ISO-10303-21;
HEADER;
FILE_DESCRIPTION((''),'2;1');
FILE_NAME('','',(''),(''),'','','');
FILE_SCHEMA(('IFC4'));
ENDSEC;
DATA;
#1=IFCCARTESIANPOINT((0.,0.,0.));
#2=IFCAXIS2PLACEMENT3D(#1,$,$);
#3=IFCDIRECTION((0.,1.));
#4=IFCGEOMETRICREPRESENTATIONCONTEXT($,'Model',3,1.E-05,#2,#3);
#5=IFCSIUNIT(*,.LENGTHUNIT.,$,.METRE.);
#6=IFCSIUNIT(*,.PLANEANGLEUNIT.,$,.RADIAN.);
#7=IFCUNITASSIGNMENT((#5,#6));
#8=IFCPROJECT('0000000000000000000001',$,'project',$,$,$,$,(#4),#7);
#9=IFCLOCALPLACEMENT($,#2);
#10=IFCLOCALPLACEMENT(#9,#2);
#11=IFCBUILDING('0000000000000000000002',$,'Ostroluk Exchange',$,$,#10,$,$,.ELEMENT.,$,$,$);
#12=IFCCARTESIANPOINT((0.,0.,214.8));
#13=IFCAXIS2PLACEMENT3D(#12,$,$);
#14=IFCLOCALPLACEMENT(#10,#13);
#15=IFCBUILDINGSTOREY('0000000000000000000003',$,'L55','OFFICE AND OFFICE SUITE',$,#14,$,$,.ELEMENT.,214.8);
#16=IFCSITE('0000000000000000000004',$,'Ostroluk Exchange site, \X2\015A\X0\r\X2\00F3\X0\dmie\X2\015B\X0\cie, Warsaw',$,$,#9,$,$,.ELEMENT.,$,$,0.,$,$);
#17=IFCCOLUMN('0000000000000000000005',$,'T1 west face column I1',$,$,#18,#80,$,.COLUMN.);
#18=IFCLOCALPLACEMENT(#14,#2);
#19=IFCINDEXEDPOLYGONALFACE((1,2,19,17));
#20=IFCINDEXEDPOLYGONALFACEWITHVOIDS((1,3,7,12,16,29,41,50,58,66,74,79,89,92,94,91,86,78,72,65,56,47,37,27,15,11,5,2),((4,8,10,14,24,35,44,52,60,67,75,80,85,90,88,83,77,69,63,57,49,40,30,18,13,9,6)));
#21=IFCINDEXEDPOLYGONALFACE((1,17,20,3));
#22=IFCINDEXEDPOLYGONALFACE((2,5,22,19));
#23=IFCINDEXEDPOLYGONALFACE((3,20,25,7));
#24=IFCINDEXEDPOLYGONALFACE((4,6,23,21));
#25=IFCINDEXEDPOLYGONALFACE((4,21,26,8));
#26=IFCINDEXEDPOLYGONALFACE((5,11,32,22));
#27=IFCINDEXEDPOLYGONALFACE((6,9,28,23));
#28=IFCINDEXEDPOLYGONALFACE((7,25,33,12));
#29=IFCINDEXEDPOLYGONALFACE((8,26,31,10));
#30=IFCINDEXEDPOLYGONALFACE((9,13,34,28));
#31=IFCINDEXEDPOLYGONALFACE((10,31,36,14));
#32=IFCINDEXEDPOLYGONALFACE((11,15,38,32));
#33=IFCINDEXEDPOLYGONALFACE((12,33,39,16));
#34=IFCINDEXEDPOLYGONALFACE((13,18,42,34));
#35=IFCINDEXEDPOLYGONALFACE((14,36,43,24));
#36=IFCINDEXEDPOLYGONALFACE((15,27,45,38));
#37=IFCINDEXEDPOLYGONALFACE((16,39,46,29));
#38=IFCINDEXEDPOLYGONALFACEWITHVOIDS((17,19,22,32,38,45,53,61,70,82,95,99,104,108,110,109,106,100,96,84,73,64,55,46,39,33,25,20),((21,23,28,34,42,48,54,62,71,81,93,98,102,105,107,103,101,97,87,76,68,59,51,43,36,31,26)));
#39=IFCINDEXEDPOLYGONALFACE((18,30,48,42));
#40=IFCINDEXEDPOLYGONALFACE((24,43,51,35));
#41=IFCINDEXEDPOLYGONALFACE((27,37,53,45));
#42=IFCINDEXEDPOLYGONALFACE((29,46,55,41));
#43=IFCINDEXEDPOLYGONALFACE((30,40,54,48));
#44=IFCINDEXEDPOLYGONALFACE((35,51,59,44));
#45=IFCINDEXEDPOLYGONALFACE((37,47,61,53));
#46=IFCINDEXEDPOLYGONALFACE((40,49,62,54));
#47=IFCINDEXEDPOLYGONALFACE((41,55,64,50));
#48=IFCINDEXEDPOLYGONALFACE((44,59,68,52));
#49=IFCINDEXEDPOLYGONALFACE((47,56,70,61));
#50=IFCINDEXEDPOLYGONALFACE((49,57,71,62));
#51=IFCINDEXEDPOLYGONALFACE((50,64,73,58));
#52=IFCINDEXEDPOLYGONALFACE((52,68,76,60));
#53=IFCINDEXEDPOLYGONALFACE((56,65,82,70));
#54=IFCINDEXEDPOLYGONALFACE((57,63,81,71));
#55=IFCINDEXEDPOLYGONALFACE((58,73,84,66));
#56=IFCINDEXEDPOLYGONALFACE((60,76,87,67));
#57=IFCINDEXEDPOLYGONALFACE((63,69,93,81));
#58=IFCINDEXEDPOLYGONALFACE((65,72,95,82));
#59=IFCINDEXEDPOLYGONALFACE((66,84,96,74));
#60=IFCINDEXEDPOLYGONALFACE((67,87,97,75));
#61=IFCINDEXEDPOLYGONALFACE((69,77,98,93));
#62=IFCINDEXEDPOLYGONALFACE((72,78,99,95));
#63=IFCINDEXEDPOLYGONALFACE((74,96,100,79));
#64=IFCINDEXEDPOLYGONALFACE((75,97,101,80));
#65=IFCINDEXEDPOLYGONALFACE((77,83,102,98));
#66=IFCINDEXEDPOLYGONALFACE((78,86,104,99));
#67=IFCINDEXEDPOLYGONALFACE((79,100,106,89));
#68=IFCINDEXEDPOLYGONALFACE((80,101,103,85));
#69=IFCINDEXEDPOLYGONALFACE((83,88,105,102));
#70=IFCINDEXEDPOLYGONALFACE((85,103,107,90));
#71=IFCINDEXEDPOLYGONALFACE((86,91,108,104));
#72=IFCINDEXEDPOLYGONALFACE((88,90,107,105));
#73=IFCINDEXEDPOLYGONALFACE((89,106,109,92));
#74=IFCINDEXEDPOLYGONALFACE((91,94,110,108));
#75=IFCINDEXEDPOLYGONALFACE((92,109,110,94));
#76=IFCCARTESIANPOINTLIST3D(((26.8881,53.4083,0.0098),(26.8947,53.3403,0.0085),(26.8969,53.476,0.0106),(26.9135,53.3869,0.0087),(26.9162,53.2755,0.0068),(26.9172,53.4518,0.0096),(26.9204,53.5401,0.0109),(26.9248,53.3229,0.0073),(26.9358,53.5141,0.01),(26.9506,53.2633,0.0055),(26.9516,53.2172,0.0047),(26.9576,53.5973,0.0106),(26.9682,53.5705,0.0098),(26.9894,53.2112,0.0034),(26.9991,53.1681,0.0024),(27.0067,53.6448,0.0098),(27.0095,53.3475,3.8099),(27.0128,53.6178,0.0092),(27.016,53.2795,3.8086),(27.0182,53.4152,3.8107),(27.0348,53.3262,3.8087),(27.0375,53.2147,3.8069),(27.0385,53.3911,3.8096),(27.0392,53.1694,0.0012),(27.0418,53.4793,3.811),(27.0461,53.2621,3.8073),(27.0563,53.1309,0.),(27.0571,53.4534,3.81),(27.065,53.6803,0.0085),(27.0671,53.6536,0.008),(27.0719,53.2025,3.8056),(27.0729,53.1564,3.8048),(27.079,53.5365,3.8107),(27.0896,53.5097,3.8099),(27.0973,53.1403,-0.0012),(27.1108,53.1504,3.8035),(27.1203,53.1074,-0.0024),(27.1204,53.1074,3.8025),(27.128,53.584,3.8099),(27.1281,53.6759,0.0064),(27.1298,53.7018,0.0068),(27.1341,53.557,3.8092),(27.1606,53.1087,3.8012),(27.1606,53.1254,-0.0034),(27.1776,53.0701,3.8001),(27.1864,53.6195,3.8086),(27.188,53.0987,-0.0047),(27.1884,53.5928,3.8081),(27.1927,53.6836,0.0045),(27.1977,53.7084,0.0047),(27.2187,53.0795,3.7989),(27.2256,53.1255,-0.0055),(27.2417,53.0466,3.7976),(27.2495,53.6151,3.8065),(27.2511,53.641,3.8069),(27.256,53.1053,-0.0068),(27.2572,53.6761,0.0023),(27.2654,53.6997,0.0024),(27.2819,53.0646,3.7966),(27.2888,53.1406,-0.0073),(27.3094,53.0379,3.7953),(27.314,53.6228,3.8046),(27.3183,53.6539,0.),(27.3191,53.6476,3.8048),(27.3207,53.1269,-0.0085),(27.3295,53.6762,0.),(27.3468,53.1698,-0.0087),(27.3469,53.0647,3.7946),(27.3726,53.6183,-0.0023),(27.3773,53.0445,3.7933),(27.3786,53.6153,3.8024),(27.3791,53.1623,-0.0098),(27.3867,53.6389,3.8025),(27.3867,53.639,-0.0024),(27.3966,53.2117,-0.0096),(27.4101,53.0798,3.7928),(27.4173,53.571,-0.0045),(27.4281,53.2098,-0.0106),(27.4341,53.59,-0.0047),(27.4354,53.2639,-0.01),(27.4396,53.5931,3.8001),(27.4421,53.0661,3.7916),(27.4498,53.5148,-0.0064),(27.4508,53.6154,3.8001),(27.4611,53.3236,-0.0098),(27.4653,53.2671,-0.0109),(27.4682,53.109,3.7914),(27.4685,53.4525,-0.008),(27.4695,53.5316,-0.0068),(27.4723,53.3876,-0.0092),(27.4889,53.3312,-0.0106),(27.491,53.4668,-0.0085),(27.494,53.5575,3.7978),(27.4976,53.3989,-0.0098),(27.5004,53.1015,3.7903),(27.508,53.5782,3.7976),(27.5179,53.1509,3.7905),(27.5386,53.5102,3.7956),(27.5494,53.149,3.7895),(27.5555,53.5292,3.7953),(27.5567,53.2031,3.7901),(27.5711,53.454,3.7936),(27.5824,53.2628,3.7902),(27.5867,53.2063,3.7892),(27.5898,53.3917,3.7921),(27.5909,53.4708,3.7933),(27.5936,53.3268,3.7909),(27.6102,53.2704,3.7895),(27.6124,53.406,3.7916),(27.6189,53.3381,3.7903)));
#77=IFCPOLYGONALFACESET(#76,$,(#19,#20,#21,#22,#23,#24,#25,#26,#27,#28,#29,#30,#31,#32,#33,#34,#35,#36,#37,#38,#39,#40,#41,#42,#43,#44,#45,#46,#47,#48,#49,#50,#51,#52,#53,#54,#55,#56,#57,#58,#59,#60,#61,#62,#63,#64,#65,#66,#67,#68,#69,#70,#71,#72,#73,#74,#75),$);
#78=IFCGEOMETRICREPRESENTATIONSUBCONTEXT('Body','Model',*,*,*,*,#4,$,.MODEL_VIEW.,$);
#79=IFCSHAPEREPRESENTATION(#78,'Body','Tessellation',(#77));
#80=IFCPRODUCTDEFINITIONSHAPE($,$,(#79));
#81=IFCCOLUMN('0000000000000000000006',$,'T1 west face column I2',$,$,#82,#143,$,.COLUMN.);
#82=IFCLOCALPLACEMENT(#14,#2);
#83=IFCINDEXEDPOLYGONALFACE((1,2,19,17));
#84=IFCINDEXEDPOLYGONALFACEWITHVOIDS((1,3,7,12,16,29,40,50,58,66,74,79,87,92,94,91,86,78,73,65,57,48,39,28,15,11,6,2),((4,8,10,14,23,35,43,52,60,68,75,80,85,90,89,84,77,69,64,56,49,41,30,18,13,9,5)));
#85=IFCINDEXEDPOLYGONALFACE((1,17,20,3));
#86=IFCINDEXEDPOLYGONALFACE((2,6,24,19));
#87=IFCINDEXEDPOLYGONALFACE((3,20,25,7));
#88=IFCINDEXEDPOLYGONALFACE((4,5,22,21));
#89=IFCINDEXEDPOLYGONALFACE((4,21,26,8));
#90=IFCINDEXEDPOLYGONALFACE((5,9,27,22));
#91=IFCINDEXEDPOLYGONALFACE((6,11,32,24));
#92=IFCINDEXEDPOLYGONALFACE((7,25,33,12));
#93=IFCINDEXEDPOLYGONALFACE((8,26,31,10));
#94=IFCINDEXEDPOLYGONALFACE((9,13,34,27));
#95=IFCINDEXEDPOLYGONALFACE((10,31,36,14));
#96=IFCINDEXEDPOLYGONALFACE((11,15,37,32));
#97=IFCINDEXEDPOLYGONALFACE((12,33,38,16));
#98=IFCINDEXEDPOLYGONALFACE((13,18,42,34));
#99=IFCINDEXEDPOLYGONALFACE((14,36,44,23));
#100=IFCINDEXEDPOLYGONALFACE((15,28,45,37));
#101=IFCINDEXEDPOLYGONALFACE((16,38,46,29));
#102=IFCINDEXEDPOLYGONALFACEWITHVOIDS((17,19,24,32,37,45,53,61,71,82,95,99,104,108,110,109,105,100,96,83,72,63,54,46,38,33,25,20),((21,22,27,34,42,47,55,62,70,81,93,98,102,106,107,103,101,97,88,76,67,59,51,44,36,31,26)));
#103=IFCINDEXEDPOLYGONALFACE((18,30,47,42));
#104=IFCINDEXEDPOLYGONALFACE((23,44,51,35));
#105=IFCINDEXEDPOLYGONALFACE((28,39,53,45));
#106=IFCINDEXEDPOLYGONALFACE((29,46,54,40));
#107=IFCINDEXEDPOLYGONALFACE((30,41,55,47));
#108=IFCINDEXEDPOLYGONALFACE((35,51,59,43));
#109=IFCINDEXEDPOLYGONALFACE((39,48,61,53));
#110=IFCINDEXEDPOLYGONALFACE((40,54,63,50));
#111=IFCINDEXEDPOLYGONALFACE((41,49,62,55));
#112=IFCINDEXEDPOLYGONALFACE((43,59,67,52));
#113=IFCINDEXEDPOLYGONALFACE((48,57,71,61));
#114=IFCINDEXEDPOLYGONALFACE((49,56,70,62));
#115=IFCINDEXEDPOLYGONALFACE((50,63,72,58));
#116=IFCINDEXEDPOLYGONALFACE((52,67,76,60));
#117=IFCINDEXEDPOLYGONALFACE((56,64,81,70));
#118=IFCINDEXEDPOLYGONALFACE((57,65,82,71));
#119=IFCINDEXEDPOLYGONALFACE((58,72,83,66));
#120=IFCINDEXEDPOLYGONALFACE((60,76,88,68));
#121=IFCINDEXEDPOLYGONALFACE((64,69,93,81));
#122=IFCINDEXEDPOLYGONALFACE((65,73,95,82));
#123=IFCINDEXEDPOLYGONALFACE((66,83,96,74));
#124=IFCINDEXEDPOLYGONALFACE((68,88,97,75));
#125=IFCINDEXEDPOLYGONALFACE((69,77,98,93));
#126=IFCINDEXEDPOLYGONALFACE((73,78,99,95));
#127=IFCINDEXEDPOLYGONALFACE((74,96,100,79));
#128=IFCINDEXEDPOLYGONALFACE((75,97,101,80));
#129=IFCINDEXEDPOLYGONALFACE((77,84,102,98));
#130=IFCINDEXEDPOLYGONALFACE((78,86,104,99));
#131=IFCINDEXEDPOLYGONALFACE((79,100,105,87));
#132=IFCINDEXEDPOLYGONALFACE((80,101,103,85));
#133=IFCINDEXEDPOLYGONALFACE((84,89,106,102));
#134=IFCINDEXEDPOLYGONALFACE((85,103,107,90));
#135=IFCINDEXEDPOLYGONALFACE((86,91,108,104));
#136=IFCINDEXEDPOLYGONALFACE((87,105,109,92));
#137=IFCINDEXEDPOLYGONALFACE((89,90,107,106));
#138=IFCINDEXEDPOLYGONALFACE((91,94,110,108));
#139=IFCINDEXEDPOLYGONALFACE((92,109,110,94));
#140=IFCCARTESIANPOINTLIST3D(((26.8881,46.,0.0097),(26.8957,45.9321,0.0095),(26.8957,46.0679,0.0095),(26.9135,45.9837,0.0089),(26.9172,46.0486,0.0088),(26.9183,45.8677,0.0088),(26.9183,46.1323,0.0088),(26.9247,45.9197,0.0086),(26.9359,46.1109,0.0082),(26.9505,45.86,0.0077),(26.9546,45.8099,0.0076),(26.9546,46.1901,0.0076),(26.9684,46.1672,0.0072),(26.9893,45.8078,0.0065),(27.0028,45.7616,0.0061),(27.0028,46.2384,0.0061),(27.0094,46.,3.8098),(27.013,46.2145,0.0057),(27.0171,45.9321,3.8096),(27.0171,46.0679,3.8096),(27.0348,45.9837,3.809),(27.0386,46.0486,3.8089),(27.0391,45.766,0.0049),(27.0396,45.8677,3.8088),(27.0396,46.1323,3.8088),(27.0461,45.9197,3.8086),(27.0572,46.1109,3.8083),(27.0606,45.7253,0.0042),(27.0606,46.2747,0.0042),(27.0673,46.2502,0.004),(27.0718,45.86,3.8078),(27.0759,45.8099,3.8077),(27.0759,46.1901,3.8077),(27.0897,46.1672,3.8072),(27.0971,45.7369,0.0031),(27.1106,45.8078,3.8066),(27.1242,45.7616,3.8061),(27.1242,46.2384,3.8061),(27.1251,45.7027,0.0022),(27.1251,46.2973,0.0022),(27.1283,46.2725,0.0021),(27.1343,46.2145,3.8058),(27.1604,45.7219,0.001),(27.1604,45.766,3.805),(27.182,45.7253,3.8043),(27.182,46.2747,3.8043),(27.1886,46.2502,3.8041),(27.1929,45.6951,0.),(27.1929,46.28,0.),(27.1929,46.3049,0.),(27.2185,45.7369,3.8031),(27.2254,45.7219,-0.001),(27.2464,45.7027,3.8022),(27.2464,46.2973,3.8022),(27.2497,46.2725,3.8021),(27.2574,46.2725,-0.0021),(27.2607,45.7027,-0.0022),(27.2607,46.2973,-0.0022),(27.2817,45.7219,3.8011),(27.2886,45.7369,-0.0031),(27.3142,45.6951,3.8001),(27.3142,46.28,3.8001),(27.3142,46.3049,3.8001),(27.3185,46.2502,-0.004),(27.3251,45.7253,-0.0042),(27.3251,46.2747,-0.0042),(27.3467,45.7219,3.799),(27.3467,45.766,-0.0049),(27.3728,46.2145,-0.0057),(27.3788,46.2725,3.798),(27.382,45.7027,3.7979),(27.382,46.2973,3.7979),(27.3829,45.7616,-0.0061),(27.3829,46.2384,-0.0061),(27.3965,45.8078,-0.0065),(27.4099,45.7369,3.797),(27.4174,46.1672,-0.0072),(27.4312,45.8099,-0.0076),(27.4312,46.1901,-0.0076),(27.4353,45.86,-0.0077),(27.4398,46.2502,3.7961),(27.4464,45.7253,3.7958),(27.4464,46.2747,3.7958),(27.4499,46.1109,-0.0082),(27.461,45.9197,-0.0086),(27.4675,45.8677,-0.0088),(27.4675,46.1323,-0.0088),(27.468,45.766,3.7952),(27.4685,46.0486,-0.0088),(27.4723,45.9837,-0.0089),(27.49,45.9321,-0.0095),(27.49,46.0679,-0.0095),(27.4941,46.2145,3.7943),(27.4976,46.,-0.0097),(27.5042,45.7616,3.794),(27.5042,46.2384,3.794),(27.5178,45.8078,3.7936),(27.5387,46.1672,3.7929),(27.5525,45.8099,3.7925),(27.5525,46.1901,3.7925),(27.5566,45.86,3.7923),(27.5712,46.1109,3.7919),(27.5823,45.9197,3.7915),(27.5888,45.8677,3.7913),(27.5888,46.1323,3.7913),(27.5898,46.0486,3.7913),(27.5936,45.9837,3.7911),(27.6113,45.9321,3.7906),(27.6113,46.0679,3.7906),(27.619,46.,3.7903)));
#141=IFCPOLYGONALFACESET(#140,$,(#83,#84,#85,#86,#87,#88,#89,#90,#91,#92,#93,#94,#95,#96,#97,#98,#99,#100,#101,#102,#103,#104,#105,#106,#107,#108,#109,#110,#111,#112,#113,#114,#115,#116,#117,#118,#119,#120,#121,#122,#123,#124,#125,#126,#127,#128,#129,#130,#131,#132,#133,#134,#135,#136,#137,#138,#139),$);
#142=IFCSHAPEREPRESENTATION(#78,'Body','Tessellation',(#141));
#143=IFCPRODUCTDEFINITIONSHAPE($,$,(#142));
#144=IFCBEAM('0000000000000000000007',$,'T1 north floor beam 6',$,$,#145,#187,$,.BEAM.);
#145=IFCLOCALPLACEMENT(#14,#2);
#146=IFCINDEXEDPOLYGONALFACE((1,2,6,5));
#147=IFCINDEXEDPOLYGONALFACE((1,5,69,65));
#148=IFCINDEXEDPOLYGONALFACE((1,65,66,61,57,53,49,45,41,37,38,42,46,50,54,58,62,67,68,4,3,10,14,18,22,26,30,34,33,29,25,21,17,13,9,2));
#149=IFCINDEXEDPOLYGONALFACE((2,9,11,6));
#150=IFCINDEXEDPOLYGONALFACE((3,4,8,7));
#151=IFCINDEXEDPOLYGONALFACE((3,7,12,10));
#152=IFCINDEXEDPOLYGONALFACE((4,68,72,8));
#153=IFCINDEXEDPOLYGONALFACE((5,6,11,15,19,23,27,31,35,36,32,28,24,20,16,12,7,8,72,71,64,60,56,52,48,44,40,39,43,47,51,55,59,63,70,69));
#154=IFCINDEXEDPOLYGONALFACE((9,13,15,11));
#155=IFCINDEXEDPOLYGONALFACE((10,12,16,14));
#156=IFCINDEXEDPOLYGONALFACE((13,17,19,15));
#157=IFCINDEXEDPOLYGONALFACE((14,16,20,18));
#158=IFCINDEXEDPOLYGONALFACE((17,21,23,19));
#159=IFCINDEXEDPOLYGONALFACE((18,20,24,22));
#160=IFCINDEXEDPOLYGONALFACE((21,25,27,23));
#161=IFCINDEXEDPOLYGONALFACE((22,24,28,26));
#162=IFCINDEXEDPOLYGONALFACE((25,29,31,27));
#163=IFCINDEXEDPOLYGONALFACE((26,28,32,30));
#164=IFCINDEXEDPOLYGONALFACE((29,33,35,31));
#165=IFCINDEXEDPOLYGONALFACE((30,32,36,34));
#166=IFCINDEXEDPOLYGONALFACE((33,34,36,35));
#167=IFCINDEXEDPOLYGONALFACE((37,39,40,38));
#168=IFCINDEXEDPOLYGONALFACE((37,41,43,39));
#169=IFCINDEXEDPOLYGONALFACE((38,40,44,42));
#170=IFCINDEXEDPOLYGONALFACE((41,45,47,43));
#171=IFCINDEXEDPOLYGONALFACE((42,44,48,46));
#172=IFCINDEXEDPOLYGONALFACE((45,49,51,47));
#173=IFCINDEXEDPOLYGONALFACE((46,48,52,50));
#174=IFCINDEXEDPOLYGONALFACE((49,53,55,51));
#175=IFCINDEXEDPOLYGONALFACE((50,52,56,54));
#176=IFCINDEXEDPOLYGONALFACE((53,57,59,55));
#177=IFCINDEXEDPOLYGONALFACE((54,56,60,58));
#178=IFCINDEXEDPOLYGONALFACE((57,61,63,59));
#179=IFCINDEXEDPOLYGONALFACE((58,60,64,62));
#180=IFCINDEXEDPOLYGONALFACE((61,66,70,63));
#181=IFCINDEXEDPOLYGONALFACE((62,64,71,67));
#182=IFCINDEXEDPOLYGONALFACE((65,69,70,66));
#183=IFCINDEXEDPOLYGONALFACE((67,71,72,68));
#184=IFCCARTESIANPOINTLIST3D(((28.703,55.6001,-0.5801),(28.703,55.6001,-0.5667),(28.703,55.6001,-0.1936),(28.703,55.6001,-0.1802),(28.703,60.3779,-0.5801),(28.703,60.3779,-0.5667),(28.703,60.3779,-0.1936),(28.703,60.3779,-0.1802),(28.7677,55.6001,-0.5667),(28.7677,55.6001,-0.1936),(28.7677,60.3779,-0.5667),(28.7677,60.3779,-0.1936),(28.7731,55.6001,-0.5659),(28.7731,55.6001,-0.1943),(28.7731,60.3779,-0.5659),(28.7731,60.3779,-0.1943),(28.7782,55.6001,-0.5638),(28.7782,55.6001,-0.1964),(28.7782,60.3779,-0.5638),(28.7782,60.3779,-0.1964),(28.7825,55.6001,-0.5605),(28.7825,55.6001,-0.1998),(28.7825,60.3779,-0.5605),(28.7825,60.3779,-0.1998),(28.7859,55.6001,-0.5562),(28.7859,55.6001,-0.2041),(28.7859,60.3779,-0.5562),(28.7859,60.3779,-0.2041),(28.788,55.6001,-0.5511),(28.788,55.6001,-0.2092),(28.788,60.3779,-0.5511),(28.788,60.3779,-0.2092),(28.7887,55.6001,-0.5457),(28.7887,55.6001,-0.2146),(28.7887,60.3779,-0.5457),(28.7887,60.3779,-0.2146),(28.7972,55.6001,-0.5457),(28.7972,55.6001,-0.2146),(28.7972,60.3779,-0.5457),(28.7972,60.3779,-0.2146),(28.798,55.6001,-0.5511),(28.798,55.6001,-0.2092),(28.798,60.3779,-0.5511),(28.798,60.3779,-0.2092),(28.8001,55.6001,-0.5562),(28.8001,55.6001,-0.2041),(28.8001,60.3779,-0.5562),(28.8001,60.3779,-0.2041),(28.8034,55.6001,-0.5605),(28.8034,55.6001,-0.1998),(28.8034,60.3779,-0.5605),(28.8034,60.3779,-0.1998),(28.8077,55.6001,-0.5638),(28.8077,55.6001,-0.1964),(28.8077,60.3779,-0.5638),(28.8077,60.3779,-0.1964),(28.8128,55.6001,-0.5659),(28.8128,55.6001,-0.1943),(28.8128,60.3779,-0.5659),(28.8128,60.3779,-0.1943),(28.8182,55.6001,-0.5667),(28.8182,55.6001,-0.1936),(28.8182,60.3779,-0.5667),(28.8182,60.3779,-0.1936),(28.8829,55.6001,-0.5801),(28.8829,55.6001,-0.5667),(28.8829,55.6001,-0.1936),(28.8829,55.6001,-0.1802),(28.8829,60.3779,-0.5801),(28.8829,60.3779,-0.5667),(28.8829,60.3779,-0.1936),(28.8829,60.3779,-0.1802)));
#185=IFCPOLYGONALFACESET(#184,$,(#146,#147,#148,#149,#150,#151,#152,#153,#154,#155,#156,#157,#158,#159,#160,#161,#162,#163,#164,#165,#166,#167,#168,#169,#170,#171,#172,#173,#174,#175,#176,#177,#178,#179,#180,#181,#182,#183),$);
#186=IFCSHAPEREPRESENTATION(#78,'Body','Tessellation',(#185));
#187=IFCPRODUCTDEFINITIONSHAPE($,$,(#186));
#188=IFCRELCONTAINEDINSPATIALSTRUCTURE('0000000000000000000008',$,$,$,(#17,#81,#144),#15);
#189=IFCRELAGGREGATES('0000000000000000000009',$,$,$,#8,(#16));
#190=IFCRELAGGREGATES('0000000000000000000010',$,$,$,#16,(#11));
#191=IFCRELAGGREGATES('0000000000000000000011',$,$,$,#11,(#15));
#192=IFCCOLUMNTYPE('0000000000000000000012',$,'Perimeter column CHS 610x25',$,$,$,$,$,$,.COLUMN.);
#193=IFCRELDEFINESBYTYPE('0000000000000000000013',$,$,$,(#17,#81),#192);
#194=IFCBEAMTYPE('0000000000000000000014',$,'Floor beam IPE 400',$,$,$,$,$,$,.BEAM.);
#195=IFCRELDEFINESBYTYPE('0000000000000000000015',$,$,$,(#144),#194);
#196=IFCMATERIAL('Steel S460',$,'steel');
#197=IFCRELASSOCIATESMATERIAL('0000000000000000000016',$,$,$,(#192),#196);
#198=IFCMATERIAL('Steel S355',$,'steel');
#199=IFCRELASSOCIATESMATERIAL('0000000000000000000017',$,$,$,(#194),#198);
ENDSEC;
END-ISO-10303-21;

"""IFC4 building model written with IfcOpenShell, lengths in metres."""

from ifc_helpers import new_model, si_unit, direction, frame, origin, origin_2d, place, context, subcontext, project, spatial, hollow_circle, i_section, extrude, material, material_profile, profile_set, type_object, element, save


model = new_model("IFC4")

# Units and contexts
model_context = context("Model", 3, precision=1e-05, world=origin(), true_north=direction((0.0, 1.0)))
body_context = subcontext(model_context, "Body", "Model", "MODEL_VIEW")
ifc_project = project(units=[si_unit("LENGTHUNIT", "METRE"), si_unit("PLANEANGLEUNIT", "RADIAN")], contexts=[model_context])

# Site, building, storey
site_placement = place(None, origin())
site = spatial("IfcSite", under=ifc_project, at=site_placement, Name="Ostroluk Exchange site, Śródmieście, Warsaw", CompositionType="ELEMENT", RefElevation=0.0)
building_placement = place(site_placement, origin())
building = spatial("IfcBuilding", under=site, at=building_placement, Name="Ostroluk Exchange", CompositionType="ELEMENT")
storey_placement = place(building_placement, frame((0.0, 0.0, 214.8)))
storey = spatial("IfcBuildingStorey", under=building, at=storey_placement, Name="L55", Description="OFFICE AND OFFICE SUITE", CompositionType="ELEMENT", Elevation=214.8)

# Columns
ifc_material_1 = material(Name="Steel S460", Category="steel")
ifc_material_profile_1 = material_profile(ifc_material_1, hollow_circle(Radius=0.3049, WallThickness=0.0249, at=origin_2d()), Name="CHS 610x25")
ifc_profile_set_1 = profile_set([ifc_material_profile_1], Name="Steel S460")
column_type = type_object("IfcColumnType", Name="Perimeter column CHS 610x25", PredefinedType="COLUMN", material=ifc_profile_set_1)
column_1_placement = place(storey_placement, frame((27.1929, 53.4036, 0.0), z_axis=(0.03191, -0.015987, 0.999363), x_axis=(0.447933, 0.894067, 0.0)))
element("IfcColumn", 1, at=column_1_placement, inside=storey, type_object=column_type, Name="T1 west face column I1", PredefinedType="COLUMN", context=body_context, shape_type="SweptSolid", body=[
    extrude(hollow_circle(Radius=0.3049, WallThickness=0.0249, at=origin_2d()), origin(), (0.0, 0.0, 1.0), 3.8025),
])
column_2_placement = place(storey_placement, frame((27.1929, 46.0, 0.0), z_axis=(0.031914, 0.0, 0.999491), x_axis=(0.0, 1.0, 0.0)))
element("IfcColumn", 2, at=column_2_placement, inside=storey, type_object=column_type, Name="T1 west face column I2", PredefinedType="COLUMN", context=body_context, shape_type="SweptSolid", body=[
    extrude(hollow_circle(Radius=0.3049, WallThickness=0.0249, at=origin_2d()), origin(), (0.0, 0.0, 1.0), 3.802),
])

# Beam
ifc_material_2 = material(Name="Steel S355", Category="steel")
ifc_material_profile_2 = material_profile(ifc_material_2, i_section(OverallWidth=0.1799, OverallDepth=0.3999, WebThickness=0.0085, FlangeThickness=0.0134, FilletRadius=0.021, at=origin_2d()), Name="IPE 400")
ifc_profile_set_2 = profile_set([ifc_material_profile_2], Name="Steel S355")
beam_type_1 = type_object("IfcBeamType", Name="Floor beam IPE 400", PredefinedType="BEAM", material=ifc_profile_set_2)
beam_placement = place(storey_placement, frame((28.793, 55.6001, -0.3801), z_axis=(0.0, 1.0, 0.0), x_axis=(-1.0, 0.0, 0.0)))
element("IfcBeam", 3, at=beam_placement, inside=storey, type_object=beam_type_1, Name="T1 north floor beam 6", PredefinedType="BEAM", context=body_context, shape_type="SweptSolid", body=[
    extrude(i_section(OverallWidth=0.1799, OverallDepth=0.3999, WebThickness=0.0085, FlangeThickness=0.0134, FilletRadius=0.021, at=origin_2d()), origin(), (0.0, 0.0, 1.0), 4.7778),
])

save(model, "model.ifc")
